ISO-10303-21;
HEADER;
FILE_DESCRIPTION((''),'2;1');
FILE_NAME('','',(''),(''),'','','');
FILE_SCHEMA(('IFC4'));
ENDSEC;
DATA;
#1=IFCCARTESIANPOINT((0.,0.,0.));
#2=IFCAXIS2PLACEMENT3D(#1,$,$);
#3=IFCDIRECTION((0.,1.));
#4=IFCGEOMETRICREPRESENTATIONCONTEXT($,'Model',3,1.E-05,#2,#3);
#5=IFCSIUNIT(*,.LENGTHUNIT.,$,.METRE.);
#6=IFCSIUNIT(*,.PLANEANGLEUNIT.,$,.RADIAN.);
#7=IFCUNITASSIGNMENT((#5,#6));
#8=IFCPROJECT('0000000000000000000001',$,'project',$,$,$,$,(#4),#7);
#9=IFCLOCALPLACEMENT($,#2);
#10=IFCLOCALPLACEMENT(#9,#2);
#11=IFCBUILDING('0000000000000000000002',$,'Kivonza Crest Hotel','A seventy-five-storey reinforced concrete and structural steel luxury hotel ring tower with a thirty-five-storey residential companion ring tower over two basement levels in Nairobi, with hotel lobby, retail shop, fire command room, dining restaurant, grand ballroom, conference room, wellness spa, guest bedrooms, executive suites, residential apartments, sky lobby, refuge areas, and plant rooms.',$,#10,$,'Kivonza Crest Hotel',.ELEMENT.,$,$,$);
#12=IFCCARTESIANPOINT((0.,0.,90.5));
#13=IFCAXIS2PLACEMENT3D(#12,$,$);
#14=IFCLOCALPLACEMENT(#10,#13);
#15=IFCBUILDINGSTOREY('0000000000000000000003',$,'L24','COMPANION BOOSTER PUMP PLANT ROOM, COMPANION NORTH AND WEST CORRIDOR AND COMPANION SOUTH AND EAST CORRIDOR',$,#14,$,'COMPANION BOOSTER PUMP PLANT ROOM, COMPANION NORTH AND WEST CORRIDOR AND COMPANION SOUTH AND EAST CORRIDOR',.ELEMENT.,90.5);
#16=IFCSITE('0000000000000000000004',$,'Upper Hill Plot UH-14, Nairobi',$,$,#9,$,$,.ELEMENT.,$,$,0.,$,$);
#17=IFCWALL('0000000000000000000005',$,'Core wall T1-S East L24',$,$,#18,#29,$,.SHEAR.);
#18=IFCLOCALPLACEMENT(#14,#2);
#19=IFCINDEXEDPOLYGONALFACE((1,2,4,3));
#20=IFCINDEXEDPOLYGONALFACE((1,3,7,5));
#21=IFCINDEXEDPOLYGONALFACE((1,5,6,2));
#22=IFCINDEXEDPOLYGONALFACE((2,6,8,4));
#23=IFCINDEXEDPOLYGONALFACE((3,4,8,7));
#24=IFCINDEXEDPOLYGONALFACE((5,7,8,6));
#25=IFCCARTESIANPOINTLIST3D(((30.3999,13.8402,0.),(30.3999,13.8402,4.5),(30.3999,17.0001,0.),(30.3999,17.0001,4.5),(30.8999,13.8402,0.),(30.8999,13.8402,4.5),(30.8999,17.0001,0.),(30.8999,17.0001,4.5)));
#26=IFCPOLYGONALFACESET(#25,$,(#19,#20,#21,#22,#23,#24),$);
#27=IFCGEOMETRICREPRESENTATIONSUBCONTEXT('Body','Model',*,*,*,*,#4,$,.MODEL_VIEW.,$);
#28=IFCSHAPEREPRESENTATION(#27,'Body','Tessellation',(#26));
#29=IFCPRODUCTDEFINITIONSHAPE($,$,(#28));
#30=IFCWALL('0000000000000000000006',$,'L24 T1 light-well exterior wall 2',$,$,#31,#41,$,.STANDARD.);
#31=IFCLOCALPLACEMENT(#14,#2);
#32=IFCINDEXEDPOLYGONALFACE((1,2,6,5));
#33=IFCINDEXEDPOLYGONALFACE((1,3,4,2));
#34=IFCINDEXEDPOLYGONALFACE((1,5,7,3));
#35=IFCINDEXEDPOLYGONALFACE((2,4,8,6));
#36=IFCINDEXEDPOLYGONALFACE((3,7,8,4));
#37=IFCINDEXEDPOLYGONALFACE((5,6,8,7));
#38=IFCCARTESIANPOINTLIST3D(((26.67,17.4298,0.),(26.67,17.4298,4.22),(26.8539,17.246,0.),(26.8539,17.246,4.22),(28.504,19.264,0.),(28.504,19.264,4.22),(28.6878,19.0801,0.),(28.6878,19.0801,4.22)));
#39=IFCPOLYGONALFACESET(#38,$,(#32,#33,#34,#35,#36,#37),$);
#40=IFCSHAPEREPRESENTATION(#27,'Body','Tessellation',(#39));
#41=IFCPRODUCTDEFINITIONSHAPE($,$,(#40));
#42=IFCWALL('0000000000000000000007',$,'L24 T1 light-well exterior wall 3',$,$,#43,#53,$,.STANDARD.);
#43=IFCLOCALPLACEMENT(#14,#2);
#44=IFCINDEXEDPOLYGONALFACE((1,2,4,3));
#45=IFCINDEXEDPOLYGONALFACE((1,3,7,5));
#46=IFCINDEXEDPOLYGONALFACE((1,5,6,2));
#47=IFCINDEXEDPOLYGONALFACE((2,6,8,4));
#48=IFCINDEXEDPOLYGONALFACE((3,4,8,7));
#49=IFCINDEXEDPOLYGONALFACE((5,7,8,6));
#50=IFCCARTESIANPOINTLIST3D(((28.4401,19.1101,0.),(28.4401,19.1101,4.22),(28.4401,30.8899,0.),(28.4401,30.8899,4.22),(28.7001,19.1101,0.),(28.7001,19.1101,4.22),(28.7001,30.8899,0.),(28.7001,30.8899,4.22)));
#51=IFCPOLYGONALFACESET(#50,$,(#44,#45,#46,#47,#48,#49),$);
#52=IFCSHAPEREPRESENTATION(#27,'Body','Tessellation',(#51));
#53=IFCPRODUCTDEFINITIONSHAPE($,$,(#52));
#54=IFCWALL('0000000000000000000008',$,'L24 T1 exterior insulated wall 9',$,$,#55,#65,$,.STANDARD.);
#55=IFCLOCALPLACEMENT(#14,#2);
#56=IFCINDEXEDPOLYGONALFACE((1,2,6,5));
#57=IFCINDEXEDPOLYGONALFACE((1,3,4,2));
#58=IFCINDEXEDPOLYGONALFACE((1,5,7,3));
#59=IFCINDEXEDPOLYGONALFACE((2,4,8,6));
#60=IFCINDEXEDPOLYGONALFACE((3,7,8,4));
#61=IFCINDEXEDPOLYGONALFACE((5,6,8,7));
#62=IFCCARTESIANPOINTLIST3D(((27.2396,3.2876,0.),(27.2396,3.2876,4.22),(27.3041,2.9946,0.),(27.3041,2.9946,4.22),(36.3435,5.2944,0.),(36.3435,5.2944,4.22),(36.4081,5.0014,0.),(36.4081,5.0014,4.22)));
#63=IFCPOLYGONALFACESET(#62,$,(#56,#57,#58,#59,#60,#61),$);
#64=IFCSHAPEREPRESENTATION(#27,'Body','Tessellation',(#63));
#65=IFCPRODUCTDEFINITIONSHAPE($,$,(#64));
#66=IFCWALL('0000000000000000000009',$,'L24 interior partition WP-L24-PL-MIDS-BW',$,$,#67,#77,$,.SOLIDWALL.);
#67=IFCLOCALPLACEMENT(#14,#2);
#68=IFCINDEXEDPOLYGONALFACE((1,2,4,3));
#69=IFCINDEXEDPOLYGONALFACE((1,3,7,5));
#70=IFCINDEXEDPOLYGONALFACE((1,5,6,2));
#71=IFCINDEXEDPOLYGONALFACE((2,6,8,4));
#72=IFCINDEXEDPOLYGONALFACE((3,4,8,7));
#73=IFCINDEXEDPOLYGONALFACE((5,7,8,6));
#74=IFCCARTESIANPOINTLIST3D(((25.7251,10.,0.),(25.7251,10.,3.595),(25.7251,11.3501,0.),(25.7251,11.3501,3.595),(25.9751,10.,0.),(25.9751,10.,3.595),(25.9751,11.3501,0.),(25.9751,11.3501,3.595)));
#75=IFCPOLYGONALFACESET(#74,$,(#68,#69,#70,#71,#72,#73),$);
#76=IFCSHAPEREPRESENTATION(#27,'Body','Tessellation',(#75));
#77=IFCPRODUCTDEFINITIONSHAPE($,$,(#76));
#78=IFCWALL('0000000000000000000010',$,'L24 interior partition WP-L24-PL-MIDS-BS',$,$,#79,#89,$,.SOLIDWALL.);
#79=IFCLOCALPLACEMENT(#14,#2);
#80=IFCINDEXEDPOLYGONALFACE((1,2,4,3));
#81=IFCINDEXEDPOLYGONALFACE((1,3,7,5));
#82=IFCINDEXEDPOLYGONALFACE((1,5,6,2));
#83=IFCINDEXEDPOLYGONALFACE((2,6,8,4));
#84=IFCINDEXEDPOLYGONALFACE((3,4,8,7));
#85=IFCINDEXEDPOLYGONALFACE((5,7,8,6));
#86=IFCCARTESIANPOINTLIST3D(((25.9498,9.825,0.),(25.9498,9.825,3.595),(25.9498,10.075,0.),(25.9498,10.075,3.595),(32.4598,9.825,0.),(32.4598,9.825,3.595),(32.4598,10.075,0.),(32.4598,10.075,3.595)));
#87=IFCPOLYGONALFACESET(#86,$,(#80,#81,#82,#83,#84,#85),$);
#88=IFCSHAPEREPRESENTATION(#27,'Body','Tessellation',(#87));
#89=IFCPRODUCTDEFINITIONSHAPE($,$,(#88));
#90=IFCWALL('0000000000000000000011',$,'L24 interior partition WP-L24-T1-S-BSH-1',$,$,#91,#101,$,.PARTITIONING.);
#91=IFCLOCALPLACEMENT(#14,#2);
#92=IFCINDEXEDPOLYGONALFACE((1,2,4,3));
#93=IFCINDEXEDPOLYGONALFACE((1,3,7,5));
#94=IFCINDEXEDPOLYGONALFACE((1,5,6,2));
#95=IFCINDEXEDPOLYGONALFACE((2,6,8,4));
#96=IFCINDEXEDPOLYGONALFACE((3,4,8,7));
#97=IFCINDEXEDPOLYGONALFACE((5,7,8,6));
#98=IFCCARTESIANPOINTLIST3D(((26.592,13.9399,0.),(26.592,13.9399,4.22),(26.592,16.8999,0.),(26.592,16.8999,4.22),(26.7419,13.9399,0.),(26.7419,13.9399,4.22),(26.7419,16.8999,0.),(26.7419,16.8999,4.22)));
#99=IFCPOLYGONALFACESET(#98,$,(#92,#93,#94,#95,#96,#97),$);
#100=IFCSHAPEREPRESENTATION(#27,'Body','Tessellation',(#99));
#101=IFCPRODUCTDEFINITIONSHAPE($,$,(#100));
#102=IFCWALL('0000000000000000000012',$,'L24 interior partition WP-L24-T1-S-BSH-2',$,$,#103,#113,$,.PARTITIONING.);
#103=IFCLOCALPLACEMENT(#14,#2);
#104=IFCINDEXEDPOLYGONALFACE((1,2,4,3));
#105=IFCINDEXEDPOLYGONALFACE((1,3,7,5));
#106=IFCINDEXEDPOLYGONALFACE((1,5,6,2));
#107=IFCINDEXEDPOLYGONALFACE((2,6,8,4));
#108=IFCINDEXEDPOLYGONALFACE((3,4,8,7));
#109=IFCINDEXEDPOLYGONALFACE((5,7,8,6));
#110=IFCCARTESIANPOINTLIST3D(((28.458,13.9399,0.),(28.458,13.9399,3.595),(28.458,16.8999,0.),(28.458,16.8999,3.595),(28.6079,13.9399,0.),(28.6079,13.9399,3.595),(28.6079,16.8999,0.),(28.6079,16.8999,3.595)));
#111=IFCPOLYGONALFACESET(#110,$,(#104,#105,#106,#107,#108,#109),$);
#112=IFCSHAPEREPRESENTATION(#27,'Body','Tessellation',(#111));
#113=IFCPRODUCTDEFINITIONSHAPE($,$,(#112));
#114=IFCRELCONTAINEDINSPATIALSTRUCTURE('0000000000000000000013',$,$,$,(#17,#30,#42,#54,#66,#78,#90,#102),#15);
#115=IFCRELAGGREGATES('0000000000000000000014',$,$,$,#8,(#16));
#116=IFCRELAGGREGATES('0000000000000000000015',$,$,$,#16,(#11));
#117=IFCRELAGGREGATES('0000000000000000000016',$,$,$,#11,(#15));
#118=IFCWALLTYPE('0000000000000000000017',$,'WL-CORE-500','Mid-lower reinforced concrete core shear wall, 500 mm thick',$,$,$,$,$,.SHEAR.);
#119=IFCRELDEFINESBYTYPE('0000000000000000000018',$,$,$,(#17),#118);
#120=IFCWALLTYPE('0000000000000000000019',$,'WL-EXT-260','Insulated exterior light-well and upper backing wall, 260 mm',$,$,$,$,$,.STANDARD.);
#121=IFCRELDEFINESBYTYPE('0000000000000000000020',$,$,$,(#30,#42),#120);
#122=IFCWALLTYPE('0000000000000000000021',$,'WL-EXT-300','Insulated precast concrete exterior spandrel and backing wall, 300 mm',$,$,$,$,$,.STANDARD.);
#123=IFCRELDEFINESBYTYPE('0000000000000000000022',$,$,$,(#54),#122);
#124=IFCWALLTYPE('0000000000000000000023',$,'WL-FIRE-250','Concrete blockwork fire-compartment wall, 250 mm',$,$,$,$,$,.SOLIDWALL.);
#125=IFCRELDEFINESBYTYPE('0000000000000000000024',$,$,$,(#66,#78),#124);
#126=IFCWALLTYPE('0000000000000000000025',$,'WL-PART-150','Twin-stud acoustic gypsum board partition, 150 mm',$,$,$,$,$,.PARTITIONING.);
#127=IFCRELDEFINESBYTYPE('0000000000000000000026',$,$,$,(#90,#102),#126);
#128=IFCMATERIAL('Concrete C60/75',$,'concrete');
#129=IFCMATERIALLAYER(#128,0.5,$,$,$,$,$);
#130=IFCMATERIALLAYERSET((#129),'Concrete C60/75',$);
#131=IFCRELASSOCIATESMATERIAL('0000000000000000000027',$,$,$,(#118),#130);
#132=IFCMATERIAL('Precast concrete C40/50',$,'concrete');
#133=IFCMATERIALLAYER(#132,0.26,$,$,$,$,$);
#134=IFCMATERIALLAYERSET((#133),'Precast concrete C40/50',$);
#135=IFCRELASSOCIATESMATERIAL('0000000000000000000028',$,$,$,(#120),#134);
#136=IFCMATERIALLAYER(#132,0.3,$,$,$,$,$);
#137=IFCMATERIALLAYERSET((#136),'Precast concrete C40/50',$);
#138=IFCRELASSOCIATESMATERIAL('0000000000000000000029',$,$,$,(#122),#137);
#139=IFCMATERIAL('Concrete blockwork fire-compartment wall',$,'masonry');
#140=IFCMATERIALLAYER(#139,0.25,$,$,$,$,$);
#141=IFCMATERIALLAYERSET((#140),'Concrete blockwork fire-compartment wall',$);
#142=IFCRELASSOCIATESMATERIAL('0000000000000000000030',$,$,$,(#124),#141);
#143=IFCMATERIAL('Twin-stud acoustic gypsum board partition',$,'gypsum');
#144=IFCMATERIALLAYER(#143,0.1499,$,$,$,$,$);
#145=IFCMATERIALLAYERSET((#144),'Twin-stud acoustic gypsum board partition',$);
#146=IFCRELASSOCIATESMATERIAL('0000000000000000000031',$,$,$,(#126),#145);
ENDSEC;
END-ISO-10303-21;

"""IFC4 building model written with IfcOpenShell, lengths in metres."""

from ifc_helpers import new_model, si_unit, direction, frame, frame_2d, origin, place, context, subcontext, project, spatial, rectangle, extrude, material, layer, layer_set, type_object, element, save


model = new_model("IFC4")

# Units and contexts
model_context = context("Model", 3, precision=1e-05, world=origin(), true_north=direction((0.0, 1.0)))
body_context = subcontext(model_context, "Body", "Model", "MODEL_VIEW")
ifc_project = project(units=[si_unit("LENGTHUNIT", "METRE"), si_unit("PLANEANGLEUNIT", "RADIAN")], contexts=[model_context])

# Site, building, storey
site_placement = place(None, origin())
site = spatial("IfcSite", under=ifc_project, at=site_placement, Name="Upper Hill Plot UH-14, Nairobi", CompositionType="ELEMENT", RefElevation=0.0)
building_placement = place(site_placement, origin())
building = spatial("IfcBuilding", under=site, at=building_placement, Name="Kivonza Crest Hotel", Description="A seventy-five-storey reinforced concrete and structural steel luxury hotel ring tower with a thirty-five-storey residential companion ring tower over two basement levels in Nairobi, with hotel lobby, retail shop, fire command room, dining restaurant, grand ballroom, conference room, wellness spa, guest bedrooms, executive suites, residential apartments, sky lobby, refuge areas, and plant rooms.", LongName="Kivonza Crest Hotel", CompositionType="ELEMENT")
storey_placement = place(building_placement, frame((0.0, 0.0, 90.5)))
storey = spatial("IfcBuildingStorey", under=building, at=storey_placement, Name="L24", Description="COMPANION BOOSTER PUMP PLANT ROOM, COMPANION NORTH AND WEST CORRIDOR AND COMPANION SOUTH AND EAST CORRIDOR", LongName="COMPANION BOOSTER PUMP PLANT ROOM, COMPANION NORTH AND WEST CORRIDOR AND COMPANION SOUTH AND EAST CORRIDOR", CompositionType="ELEMENT", Elevation=90.5)

# Walls
ifc_material_1 = material(Name="Concrete C60/75", Category="concrete")
ifc_layer_1 = layer(ifc_material_1, 0.5)
ifc_layer_set_1 = layer_set([ifc_layer_1], Name="Concrete C60/75")
wall_type_1 = type_object("IfcWallType", Name="WL-CORE-500", Description="Mid-lower reinforced concrete core shear wall, 500 mm thick", PredefinedType="SHEAR", material=ifc_layer_set_1)
wall_1_placement = place(storey_placement, frame((30.6499, 13.8401, 0.0), z_axis=(0.0, 0.0, 1.0), x_axis=(0.0, 1.0, 0.0)))
element("IfcWall", 1, at=wall_1_placement, inside=storey, type_object=wall_type_1, Name="Core wall T1-S East L24", PredefinedType="SHEAR", context=body_context, shape_type="SweptSolid", body=[
    extrude(rectangle(XDim=3.1599, YDim=0.5, at=frame_2d((1.5801, 0.0))), origin(), (0.0, 0.0, 1.0), 4.5),
])
ifc_material_2 = material(Name="Precast concrete C40/50", Category="concrete")
ifc_layer_2 = layer(ifc_material_2, 0.26)
ifc_layer_set_2 = layer_set([ifc_layer_2], Name="Precast concrete C40/50")
wall_type_2 = type_object("IfcWallType", Name="WL-EXT-260", Description="Insulated exterior light-well and upper backing wall, 260 mm", PredefinedType="STANDARD", material=ifc_layer_set_2)
wall_2_placement = place(storey_placement, frame((26.762, 17.3379, 0.0), z_axis=(0.0, 0.0, 1.0), x_axis=(0.70706, 0.707154, 0.0)))
element("IfcWall", 2, at=wall_2_placement, inside=storey, type_object=wall_type_2, Name="L24 T1 light-well exterior wall 2", PredefinedType="STANDARD", context=body_context, shape_type="SweptSolid", body=[
    extrude(rectangle(XDim=2.5938, YDim=0.26, at=frame_2d((1.2969, 0.0))), origin(), (0.0, 0.0, 1.0), 4.22),
])
wall_3_placement = place(storey_placement, frame((28.5701, 19.1101, 0.0), z_axis=(0.0, 0.0, 1.0), x_axis=(0.0, 1.0, 0.0)))
element("IfcWall", 3, at=wall_3_placement, inside=storey, type_object=wall_type_2, Name="L24 T1 light-well exterior wall 3", PredefinedType="STANDARD", context=body_context, shape_type="SweptSolid", body=[
    extrude(rectangle(XDim=11.7798, YDim=0.26, at=frame_2d((5.8899, 0.0))), origin(), (0.0, 0.0, 1.0), 4.22),
])
ifc_layer_3 = layer(ifc_material_2, 0.3)
ifc_layer_set_3 = layer_set([ifc_layer_3], Name="Precast concrete C40/50")
wall_type_3 = type_object("IfcWallType", Name="WL-EXT-300", Description="Insulated precast concrete exterior spandrel and backing wall, 300 mm", PredefinedType="STANDARD", material=ifc_layer_set_3)
wall_4_placement = place(storey_placement, frame((27.272, 3.1411, 0.0), z_axis=(0.0, 0.0, 1.0), x_axis=(0.976555, 0.215266, 0.0)))
element("IfcWall", 4, at=wall_4_placement, inside=storey, type_object=wall_type_3, Name="L24 T1 exterior insulated wall 9", PredefinedType="STANDARD", context=body_context, shape_type="SweptSolid", body=[
    extrude(rectangle(XDim=9.3225, YDim=0.3, at=frame_2d((4.6611, 0.0))), origin(), (0.0, 0.0, 1.0), 4.22),
])
ifc_material_3 = material(Name="Concrete blockwork fire-compartment wall", Category="masonry")
ifc_layer_4 = layer(ifc_material_3, 0.25)
ifc_layer_set_4 = layer_set([ifc_layer_4], Name="Concrete blockwork fire-compartment wall")
wall_type_4 = type_object("IfcWallType", Name="WL-FIRE-250", Description="Concrete blockwork fire-compartment wall, 250 mm", PredefinedType="SOLIDWALL", material=ifc_layer_set_4)
wall_5_placement = place(storey_placement, frame((25.8501, 10.0, 0.0), z_axis=(0.0, 0.0, 1.0), x_axis=(0.0, 1.0, 0.0)))
element("IfcWall", 5, at=wall_5_placement, inside=storey, type_object=wall_type_4, Name="L24 interior partition WP-L24-PL-MIDS-BW", PredefinedType="SOLIDWALL", context=body_context, shape_type="SweptSolid", body=[
    extrude(rectangle(XDim=1.3501, YDim=0.25, at=frame_2d((0.675, 0.0))), origin(), (0.0, 0.0, 1.0), 3.595),
])
wall_6_placement = place(storey_placement, frame((25.95, 9.95, 0.0), z_axis=(0.0, 0.0, 1.0), x_axis=(1.0, 0.0, 0.0)))
element("IfcWall", 6, at=wall_6_placement, inside=storey, type_object=wall_type_4, Name="L24 interior partition WP-L24-PL-MIDS-BS", PredefinedType="SOLIDWALL", context=body_context, shape_type="SweptSolid", body=[
    extrude(rectangle(XDim=6.51, YDim=0.25, at=frame_2d((3.2549, 0.0))), origin(), (0.0, 0.0, 1.0), 3.595),
])
ifc_material_4 = material(Name="Twin-stud acoustic gypsum board partition", Category="gypsum")
ifc_layer_5 = layer(ifc_material_4, 0.1499)
ifc_layer_set_5 = layer_set([ifc_layer_5], Name="Twin-stud acoustic gypsum board partition")
wall_type_5 = type_object("IfcWallType", Name="WL-PART-150", Description="Twin-stud acoustic gypsum board partition, 150 mm", PredefinedType="PARTITIONING", material=ifc_layer_set_5)
wall_7_placement = place(storey_placement, frame((26.667, 13.9399, 0.0), z_axis=(0.0, 0.0, 1.0), x_axis=(0.0, 1.0, 0.0)))
element("IfcWall", 7, at=wall_7_placement, inside=storey, type_object=wall_type_5, Name="L24 interior partition WP-L24-T1-S-BSH-1", PredefinedType="PARTITIONING", context=body_context, shape_type="SweptSolid", body=[
    extrude(rectangle(XDim=2.96, YDim=0.1499, at=frame_2d((1.48, 0.0))), origin(), (0.0, 0.0, 1.0), 4.22),
])
wall_8_placement = place(storey_placement, frame((28.533, 13.9399, 0.0), z_axis=(0.0, 0.0, 1.0), x_axis=(0.0, 1.0, 0.0)))
element("IfcWall", 8, at=wall_8_placement, inside=storey, type_object=wall_type_5, Name="L24 interior partition WP-L24-T1-S-BSH-2", PredefinedType="PARTITIONING", context=body_context, shape_type="SweptSolid", body=[
    extrude(rectangle(XDim=2.96, YDim=0.1499, at=frame_2d((1.48, 0.0))), origin(), (0.0, 0.0, 1.0), 3.595),
])

save(model, "model.ifc")
